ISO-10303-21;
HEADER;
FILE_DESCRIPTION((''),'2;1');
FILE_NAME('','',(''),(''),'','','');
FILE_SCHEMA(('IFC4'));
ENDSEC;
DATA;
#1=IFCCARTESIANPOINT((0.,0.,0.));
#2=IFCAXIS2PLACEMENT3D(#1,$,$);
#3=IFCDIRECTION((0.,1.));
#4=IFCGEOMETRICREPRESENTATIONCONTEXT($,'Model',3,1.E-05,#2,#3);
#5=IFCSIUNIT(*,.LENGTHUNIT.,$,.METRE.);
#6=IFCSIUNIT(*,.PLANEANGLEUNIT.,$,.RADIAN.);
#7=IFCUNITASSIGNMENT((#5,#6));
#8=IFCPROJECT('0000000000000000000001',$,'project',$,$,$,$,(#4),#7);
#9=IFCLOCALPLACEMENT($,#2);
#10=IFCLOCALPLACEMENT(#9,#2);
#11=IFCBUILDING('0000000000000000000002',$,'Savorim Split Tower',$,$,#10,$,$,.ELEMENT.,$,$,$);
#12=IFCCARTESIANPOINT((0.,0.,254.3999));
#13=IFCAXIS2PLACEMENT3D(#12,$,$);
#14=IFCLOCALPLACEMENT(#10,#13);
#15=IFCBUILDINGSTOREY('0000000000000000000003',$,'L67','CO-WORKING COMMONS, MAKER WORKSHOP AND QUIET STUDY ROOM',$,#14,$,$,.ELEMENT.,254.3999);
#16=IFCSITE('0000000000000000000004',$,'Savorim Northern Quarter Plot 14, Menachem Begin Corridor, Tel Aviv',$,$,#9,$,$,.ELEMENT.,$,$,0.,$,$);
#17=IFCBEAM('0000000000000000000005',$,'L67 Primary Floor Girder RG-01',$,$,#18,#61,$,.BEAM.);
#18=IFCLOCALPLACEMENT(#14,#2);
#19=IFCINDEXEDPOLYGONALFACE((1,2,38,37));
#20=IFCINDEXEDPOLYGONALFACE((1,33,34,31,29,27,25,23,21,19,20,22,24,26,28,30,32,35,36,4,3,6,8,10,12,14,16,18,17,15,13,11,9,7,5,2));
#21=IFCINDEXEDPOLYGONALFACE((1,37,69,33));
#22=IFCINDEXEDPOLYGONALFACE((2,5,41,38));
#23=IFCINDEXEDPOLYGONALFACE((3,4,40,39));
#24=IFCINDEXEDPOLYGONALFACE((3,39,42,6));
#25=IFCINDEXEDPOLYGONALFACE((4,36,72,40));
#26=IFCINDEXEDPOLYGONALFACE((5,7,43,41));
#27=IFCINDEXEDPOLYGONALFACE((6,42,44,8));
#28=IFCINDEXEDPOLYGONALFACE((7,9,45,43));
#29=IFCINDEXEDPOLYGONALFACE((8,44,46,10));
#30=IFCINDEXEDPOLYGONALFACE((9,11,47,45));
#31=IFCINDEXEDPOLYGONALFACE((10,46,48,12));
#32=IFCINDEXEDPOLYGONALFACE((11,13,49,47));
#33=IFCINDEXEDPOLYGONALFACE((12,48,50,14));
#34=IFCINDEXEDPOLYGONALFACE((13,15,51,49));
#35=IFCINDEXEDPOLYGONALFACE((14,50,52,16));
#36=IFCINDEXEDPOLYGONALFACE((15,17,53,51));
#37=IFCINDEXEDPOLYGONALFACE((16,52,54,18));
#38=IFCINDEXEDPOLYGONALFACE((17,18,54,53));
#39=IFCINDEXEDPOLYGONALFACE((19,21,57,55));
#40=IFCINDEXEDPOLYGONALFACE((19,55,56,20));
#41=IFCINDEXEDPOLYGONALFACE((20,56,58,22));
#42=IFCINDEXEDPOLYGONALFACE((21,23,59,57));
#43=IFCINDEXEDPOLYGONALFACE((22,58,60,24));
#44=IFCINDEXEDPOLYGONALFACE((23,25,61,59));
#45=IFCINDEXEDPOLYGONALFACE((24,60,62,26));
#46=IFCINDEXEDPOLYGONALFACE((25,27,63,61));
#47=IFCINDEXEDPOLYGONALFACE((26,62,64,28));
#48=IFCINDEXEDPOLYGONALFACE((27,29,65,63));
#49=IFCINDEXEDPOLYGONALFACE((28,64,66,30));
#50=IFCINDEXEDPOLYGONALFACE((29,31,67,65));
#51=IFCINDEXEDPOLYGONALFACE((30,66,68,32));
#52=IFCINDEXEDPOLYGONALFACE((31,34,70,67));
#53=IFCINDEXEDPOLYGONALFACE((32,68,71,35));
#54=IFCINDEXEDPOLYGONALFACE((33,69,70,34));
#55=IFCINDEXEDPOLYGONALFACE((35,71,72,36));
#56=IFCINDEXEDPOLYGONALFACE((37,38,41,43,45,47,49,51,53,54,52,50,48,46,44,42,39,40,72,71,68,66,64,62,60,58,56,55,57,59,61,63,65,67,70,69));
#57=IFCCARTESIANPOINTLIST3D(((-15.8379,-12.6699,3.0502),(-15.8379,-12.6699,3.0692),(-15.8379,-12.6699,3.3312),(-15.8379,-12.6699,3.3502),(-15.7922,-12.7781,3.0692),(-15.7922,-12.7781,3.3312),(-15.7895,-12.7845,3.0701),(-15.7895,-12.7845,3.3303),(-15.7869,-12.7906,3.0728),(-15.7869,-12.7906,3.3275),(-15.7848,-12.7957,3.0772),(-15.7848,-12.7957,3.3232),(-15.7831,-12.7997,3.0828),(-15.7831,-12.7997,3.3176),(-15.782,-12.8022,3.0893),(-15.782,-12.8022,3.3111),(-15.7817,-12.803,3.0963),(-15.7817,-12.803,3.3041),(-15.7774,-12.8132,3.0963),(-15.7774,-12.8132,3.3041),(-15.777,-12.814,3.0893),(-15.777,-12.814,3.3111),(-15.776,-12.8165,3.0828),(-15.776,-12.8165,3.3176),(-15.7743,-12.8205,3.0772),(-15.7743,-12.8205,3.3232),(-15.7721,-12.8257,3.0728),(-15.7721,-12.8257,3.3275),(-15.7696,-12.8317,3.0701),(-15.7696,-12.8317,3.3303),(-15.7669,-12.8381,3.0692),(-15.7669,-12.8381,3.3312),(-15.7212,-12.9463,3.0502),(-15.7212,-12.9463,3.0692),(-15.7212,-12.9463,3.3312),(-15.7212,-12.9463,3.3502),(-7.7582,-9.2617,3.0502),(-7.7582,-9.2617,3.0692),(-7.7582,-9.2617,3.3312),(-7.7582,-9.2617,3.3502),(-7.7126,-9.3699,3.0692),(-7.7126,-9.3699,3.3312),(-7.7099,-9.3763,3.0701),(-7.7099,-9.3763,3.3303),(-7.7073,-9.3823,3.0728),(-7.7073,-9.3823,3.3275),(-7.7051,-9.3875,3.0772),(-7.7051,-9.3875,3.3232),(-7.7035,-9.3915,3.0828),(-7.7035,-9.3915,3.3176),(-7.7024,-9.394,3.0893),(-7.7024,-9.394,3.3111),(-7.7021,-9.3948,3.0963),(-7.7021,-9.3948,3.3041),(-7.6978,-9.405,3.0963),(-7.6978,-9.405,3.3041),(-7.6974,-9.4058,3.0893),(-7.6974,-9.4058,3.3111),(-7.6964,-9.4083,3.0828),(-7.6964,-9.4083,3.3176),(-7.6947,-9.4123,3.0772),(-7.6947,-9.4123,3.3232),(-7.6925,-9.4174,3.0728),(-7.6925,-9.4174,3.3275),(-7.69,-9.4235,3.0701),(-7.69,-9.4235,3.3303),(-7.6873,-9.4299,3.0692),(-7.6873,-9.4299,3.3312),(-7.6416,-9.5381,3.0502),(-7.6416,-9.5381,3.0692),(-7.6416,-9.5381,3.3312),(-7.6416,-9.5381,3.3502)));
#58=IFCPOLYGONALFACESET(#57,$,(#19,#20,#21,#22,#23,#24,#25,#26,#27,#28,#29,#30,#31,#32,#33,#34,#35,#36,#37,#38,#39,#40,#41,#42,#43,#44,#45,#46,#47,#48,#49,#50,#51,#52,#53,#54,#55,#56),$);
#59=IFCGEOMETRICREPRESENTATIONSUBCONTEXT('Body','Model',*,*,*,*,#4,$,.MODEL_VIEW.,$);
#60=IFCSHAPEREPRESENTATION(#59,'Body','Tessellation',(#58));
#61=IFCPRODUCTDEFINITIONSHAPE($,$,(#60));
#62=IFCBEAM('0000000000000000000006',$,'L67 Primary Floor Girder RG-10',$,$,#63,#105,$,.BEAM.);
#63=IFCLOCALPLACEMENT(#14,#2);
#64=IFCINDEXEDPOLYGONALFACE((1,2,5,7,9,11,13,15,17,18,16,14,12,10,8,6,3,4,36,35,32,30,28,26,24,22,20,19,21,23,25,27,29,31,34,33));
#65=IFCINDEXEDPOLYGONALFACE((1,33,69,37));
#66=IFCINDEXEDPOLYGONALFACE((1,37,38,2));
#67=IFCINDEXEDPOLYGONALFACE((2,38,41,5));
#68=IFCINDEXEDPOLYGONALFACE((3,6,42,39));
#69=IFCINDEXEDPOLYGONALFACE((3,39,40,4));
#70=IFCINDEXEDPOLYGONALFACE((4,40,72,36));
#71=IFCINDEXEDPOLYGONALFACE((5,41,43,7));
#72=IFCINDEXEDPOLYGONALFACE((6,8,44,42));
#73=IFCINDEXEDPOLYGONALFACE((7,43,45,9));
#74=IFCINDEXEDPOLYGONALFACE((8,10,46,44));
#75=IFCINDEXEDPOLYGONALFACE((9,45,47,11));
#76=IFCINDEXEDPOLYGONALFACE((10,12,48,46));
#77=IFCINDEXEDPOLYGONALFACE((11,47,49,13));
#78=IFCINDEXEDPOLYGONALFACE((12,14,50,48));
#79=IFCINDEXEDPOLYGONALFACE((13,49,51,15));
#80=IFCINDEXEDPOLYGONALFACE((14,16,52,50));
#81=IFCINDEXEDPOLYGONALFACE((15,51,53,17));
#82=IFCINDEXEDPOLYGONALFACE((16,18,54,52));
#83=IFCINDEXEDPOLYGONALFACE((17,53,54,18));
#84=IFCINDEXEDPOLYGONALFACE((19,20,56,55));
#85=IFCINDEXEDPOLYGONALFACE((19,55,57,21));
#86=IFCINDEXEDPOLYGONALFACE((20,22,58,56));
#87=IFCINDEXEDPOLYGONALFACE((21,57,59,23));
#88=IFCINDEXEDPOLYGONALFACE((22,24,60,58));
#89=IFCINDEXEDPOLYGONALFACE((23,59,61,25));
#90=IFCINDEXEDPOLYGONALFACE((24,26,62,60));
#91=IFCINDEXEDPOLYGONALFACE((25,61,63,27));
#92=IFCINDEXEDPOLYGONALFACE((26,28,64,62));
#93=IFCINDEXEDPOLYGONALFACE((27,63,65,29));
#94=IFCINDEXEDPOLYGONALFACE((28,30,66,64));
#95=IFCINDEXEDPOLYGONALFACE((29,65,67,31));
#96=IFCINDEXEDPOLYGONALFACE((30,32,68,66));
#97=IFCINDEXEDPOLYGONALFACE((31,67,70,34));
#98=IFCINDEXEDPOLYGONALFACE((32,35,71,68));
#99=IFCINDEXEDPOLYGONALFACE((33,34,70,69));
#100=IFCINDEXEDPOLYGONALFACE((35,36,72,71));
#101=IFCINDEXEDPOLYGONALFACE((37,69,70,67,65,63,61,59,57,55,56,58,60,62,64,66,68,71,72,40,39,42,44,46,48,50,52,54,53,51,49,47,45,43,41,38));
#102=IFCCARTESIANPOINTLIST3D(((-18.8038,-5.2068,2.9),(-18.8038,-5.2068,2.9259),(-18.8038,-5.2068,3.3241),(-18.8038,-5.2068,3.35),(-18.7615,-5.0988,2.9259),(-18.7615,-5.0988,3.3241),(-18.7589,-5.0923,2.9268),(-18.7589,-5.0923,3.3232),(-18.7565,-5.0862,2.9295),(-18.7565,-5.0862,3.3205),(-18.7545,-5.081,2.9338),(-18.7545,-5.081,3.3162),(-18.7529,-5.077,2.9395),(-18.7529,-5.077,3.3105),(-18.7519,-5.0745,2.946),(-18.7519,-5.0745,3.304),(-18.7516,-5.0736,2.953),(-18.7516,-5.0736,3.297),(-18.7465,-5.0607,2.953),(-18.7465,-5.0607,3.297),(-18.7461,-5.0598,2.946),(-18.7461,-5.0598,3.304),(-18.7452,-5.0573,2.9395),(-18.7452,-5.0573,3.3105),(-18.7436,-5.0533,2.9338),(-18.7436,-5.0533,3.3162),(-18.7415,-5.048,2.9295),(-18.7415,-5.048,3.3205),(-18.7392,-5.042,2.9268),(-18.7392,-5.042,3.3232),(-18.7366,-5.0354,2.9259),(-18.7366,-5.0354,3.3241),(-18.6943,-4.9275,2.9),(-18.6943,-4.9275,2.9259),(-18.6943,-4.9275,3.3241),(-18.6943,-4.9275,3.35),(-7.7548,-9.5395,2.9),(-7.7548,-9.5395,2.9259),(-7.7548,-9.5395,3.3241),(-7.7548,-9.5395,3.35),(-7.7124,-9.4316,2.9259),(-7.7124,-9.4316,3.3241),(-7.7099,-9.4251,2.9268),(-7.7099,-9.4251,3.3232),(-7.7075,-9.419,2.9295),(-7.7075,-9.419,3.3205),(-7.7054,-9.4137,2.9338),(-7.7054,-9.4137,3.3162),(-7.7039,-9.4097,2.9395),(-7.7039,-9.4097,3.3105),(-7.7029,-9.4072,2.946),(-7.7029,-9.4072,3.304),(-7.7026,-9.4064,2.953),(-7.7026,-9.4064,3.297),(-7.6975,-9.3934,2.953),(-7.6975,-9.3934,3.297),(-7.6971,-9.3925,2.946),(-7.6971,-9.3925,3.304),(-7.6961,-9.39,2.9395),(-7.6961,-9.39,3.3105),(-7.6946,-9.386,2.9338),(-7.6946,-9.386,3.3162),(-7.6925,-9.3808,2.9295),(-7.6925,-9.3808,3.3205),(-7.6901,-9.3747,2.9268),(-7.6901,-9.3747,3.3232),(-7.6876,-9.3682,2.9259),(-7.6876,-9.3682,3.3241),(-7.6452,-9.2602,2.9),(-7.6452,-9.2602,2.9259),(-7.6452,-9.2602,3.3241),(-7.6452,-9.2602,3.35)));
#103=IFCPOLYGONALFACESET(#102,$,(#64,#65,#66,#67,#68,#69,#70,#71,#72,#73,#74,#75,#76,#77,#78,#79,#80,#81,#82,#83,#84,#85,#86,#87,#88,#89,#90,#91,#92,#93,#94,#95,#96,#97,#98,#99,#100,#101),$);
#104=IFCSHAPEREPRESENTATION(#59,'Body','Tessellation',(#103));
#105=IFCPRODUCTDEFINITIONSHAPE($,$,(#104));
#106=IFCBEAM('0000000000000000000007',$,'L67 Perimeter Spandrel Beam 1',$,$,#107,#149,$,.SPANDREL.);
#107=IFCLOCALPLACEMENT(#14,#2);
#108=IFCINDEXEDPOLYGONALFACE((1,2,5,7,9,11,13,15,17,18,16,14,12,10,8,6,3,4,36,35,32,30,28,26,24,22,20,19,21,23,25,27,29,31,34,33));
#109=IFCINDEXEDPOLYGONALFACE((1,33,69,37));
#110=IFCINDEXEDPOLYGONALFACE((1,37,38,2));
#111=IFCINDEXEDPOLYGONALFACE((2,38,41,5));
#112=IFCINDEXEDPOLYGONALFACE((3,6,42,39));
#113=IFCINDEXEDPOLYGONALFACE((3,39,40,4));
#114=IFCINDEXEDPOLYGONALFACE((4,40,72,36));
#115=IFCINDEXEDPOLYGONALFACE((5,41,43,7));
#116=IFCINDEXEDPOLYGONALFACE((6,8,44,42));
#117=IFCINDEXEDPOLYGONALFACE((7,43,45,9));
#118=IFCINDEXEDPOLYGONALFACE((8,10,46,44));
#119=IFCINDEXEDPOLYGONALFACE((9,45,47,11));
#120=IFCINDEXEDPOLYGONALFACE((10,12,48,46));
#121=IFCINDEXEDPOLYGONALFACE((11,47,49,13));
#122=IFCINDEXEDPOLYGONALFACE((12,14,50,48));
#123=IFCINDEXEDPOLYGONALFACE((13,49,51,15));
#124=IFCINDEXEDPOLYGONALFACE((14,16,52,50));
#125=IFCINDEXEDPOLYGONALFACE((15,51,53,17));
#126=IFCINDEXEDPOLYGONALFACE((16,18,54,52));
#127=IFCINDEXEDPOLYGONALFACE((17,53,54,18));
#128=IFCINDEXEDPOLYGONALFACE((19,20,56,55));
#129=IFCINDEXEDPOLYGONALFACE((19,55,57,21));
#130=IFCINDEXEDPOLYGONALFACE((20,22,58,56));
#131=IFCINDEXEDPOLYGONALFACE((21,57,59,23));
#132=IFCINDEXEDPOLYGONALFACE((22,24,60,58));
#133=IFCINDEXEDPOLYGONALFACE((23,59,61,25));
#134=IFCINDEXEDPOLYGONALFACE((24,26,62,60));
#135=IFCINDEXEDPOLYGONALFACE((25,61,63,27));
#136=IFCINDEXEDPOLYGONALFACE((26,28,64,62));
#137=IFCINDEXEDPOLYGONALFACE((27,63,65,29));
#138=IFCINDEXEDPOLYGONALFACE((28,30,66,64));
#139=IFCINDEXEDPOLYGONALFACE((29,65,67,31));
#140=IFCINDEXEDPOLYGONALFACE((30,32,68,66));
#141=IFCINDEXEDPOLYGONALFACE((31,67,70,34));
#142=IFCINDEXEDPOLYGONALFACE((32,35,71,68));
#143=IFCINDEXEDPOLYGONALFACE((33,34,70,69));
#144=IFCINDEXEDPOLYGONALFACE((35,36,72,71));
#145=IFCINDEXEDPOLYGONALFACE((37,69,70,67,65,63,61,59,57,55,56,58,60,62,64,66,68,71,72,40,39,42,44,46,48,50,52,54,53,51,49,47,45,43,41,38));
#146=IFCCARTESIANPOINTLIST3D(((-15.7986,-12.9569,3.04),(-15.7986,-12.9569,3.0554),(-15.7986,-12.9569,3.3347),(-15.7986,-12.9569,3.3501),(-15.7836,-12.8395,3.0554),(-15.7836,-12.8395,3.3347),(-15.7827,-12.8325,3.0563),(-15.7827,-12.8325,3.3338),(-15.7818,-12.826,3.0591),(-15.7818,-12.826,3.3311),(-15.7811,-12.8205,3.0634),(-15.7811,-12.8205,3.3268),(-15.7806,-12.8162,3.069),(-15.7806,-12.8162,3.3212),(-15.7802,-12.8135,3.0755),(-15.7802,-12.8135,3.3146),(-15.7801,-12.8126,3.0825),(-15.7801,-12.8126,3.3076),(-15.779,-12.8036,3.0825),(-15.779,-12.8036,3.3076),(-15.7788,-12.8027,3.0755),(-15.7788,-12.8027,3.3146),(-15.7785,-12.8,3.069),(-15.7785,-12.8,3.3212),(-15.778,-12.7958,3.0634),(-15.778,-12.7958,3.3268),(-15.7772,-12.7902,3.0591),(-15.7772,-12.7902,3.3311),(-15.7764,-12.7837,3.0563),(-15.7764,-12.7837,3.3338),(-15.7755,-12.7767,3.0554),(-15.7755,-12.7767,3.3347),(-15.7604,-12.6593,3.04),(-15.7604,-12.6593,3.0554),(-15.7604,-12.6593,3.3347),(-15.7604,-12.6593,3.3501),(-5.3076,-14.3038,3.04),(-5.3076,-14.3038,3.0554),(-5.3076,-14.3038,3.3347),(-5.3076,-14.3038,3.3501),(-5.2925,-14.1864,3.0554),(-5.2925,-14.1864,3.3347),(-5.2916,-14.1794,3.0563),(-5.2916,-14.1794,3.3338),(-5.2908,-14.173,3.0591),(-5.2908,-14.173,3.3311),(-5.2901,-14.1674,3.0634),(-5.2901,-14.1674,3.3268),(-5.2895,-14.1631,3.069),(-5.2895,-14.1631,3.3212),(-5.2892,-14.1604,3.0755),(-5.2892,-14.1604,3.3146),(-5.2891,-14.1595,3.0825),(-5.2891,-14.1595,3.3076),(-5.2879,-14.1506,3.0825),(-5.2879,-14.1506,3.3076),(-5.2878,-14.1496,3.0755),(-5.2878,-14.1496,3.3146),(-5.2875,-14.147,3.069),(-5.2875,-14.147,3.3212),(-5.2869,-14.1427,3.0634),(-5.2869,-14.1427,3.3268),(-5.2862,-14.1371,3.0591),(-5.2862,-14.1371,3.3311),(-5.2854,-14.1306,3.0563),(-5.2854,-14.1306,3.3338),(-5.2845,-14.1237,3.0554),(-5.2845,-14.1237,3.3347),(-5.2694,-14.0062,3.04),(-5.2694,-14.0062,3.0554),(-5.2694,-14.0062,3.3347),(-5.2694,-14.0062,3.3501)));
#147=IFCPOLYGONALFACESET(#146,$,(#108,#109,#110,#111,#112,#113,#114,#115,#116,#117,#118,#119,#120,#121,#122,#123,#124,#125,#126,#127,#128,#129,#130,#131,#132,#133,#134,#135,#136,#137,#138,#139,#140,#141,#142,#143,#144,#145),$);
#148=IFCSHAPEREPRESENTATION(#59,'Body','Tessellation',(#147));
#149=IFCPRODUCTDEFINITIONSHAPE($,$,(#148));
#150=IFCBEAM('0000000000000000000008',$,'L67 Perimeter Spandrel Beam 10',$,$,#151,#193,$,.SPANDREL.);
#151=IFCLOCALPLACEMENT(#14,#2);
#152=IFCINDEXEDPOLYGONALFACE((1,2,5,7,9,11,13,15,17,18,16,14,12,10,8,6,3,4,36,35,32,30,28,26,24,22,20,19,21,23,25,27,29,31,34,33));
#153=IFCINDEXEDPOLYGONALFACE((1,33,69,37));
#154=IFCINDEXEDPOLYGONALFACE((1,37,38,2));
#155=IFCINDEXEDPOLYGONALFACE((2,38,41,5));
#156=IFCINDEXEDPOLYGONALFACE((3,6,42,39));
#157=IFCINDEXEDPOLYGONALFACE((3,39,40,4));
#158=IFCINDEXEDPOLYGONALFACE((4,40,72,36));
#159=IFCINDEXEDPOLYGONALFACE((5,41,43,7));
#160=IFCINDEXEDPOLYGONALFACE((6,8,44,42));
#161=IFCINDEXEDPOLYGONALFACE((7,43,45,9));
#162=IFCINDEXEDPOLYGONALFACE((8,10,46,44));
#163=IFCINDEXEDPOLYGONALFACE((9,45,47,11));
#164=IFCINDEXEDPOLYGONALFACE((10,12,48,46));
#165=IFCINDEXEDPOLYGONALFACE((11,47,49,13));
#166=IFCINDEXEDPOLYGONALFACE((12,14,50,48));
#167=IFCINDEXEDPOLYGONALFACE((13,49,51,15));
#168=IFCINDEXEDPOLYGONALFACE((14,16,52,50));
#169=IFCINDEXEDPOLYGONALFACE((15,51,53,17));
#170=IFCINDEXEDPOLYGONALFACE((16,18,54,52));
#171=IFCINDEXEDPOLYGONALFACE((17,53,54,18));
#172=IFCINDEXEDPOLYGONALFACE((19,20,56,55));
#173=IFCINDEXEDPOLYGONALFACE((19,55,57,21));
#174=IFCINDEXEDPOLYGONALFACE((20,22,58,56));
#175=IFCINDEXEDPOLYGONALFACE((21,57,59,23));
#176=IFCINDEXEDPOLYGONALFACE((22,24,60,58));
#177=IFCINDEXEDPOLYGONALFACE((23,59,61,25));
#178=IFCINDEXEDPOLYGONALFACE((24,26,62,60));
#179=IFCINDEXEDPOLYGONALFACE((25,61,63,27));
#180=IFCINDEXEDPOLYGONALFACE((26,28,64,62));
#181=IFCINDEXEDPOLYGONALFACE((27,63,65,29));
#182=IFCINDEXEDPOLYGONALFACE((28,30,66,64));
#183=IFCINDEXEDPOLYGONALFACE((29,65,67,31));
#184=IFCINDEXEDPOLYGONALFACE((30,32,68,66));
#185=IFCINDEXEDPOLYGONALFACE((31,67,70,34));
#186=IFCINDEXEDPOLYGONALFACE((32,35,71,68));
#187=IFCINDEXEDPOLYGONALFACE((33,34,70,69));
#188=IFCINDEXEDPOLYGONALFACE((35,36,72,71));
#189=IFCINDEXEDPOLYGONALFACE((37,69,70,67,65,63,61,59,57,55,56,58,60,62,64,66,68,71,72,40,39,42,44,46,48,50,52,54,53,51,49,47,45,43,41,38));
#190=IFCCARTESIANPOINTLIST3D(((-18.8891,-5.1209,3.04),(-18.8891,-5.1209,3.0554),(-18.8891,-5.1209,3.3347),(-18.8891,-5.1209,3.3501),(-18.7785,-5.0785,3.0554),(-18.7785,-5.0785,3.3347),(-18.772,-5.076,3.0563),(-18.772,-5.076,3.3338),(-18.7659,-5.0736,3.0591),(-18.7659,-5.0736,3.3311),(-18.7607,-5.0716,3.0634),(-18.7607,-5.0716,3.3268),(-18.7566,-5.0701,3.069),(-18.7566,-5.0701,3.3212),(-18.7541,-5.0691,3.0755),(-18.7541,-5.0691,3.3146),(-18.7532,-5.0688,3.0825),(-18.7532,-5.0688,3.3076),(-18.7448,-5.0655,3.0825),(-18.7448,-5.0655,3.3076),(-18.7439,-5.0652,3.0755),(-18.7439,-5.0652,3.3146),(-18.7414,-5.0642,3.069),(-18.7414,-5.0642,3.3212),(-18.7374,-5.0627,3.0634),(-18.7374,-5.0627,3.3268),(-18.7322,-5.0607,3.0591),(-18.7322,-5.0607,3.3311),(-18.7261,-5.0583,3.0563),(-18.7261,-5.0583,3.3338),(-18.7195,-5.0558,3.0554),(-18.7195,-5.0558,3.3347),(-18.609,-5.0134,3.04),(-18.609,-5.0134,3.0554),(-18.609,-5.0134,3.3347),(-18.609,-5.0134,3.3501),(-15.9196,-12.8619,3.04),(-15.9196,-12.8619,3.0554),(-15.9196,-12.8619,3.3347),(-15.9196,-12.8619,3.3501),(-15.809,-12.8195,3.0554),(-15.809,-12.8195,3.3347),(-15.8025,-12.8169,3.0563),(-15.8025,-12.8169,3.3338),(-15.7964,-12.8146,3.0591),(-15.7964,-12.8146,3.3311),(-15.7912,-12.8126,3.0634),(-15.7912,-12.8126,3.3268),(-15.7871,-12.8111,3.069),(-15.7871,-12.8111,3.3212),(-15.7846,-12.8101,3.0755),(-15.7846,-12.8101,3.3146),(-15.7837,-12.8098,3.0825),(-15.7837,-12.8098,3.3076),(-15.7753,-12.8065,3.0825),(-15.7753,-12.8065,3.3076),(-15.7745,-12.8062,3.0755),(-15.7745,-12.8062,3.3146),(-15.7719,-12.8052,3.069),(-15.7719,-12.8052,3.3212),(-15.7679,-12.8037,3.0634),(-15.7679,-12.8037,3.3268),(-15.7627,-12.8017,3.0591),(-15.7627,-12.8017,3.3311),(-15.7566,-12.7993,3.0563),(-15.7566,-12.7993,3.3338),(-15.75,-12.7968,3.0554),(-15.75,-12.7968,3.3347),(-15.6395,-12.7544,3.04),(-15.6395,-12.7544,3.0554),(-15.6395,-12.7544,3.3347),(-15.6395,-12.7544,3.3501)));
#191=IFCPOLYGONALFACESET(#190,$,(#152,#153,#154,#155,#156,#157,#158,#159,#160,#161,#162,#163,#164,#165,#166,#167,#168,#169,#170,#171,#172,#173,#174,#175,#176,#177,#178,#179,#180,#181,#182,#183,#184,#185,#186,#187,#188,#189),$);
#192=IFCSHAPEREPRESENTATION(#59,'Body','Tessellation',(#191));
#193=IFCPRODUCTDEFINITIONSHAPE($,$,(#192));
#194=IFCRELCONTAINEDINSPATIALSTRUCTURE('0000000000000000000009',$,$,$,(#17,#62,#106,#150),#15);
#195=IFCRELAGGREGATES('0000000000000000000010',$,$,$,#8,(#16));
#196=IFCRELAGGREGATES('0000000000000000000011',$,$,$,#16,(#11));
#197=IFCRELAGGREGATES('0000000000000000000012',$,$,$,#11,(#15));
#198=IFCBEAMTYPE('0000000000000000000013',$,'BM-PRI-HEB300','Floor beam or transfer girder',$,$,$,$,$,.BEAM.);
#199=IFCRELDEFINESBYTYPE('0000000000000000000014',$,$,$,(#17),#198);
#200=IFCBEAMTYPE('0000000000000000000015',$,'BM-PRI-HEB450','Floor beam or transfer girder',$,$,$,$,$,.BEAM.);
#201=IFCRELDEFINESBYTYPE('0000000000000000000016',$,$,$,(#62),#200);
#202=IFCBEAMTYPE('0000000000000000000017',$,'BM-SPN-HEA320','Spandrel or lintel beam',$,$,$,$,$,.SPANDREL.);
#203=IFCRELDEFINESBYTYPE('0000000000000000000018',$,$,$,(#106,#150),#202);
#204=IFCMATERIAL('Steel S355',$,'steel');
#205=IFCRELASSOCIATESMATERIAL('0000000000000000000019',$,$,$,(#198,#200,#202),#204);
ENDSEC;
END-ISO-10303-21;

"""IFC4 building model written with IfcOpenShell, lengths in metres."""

from ifc_helpers import new_model, si_unit, direction, frame, origin, origin_2d, place, context, subcontext, project, spatial, i_section, extrude, material, material_profile, profile_set, type_object, element, save


model = new_model("IFC4")

# Units and contexts
model_context = context("Model", 3, precision=1e-05, world=origin(), true_north=direction((0.0, 1.0)))
body_context = subcontext(model_context, "Body", "Model", "MODEL_VIEW")
ifc_project = project(units=[si_unit("LENGTHUNIT", "METRE"), si_unit("PLANEANGLEUNIT", "RADIAN")], contexts=[model_context])

# Site, building, storey
site_placement = place(None, origin())
site = spatial("IfcSite", under=ifc_project, at=site_placement, Name="Savorim Northern Quarter Plot 14, Menachem Begin Corridor, Tel Aviv", CompositionType="ELEMENT", RefElevation=0.0)
building_placement = place(site_placement, origin())
building = spatial("IfcBuilding", under=site, at=building_placement, Name="Savorim Split Tower", CompositionType="ELEMENT")
storey_placement = place(building_placement, frame((0.0, 0.0, 254.3999)))
storey = spatial("IfcBuildingStorey", under=building, at=storey_placement, Name="L67", Description="CO-WORKING COMMONS, MAKER WORKSHOP AND QUIET STUDY ROOM", CompositionType="ELEMENT", Elevation=254.3999)

# Shared definitions
ifc_material_1 = material(Name="Steel S355", Category="steel")

# Beams
ifc_material_profile_1 = material_profile(ifc_material_1, i_section(OverallWidth=0.3, OverallDepth=0.3, WebThickness=0.011, FlangeThickness=0.019, FilletRadius=0.0271, at=origin_2d()), Name="HEB 300")
ifc_profile_set_1 = profile_set([ifc_material_profile_1], Name="Steel S355")
beam_type_1 = type_object("IfcBeamType", Name="BM-PRI-HEB300", Description="Floor beam or transfer girder", PredefinedType="BEAM", material=ifc_profile_set_1)
beam_1_placement = place(storey_placement, frame((-15.7795, -12.8081, 3.2002), z_axis=(0.921379, 0.388664, 0.0), x_axis=(-0.388664, 0.921379, 0.0)))
element("IfcBeam", 1, at=beam_1_placement, inside=storey, type_object=beam_type_1, Name="L67 Primary Floor Girder RG-01", PredefinedType="BEAM", context=body_context, shape_type="SweptSolid", body=[
    extrude(i_section(OverallWidth=0.3, OverallDepth=0.3, WebThickness=0.011, FlangeThickness=0.019, FilletRadius=0.0271, at=origin_2d()), origin(), (0.0, 0.0, 1.0), 8.769),
])
ifc_material_profile_2 = material_profile(ifc_material_1, i_section(OverallWidth=0.3, OverallDepth=0.45, WebThickness=0.0139, FlangeThickness=0.0259, FilletRadius=0.0271, at=origin_2d()), Name="HEB 450")
ifc_profile_set_2 = profile_set([ifc_material_profile_2], Name="Steel S355")
beam_type_2 = type_object("IfcBeamType", Name="BM-PRI-HEB450", Description="Floor beam or transfer girder", PredefinedType="BEAM", material=ifc_profile_set_2)
beam_2_placement = place(storey_placement, frame((-18.749, -5.0671, 3.125), z_axis=(0.930979, -0.365072, 0.0), x_axis=(0.365072, 0.930979, 0.0)))
element("IfcBeam", 2, at=beam_2_placement, inside=storey, type_object=beam_type_2, Name="L67 Primary Floor Girder RG-10", PredefinedType="BEAM", context=body_context, shape_type="SweptSolid", body=[
    extrude(i_section(OverallWidth=0.3, OverallDepth=0.45, WebThickness=0.0139, FlangeThickness=0.0259, FilletRadius=0.0271, at=origin_2d()), origin(), (0.0, 0.0, 1.0), 11.8682),
])
ifc_material_profile_3 = material_profile(ifc_material_1, i_section(OverallWidth=0.3, OverallDepth=0.3101, WebThickness=0.009, FlangeThickness=0.0154, FilletRadius=0.0271, at=origin_2d()), Name="HEA 320")
ifc_profile_set_3 = profile_set([ifc_material_profile_3], Name="Steel S355")
beam_type_3 = type_object("IfcBeamType", Name="BM-SPN-HEA320", Description="Spandrel or lintel beam", PredefinedType="SPANDREL", material=ifc_profile_set_3)
beam_3_placement = place(storey_placement, frame((-15.7795, -12.8081, 3.1951), z_axis=(0.991859, -0.127344, 0.0), x_axis=(0.127344, 0.991859, 0.0)))
element("IfcBeam", 3, at=beam_3_placement, inside=storey, type_object=beam_type_3, Name="L67 Perimeter Spandrel Beam 1", PredefinedType="SPANDREL", context=body_context, shape_type="SweptSolid", body=[
    extrude(i_section(OverallWidth=0.3, OverallDepth=0.3101, WebThickness=0.009, FlangeThickness=0.0154, FilletRadius=0.0271, at=origin_2d()), origin(), (0.0, 0.0, 1.0), 10.5771),
])
beam_4_placement = place(storey_placement, frame((-18.749, -5.0671, 3.1951), z_axis=(0.358158, -0.933661, 0.0), x_axis=(0.933661, 0.358158, 0.0)))
element("IfcBeam", 4, at=beam_4_placement, inside=storey, type_object=beam_type_3, Name="L67 Perimeter Spandrel Beam 10", PredefinedType="SPANDREL", context=body_context, shape_type="SweptSolid", body=[
    extrude(i_section(OverallWidth=0.3, OverallDepth=0.3101, WebThickness=0.009, FlangeThickness=0.0154, FilletRadius=0.0271, at=origin_2d()), origin(), (0.0, 0.0, 1.0), 8.291),
])

save(model, "model.ifc")
